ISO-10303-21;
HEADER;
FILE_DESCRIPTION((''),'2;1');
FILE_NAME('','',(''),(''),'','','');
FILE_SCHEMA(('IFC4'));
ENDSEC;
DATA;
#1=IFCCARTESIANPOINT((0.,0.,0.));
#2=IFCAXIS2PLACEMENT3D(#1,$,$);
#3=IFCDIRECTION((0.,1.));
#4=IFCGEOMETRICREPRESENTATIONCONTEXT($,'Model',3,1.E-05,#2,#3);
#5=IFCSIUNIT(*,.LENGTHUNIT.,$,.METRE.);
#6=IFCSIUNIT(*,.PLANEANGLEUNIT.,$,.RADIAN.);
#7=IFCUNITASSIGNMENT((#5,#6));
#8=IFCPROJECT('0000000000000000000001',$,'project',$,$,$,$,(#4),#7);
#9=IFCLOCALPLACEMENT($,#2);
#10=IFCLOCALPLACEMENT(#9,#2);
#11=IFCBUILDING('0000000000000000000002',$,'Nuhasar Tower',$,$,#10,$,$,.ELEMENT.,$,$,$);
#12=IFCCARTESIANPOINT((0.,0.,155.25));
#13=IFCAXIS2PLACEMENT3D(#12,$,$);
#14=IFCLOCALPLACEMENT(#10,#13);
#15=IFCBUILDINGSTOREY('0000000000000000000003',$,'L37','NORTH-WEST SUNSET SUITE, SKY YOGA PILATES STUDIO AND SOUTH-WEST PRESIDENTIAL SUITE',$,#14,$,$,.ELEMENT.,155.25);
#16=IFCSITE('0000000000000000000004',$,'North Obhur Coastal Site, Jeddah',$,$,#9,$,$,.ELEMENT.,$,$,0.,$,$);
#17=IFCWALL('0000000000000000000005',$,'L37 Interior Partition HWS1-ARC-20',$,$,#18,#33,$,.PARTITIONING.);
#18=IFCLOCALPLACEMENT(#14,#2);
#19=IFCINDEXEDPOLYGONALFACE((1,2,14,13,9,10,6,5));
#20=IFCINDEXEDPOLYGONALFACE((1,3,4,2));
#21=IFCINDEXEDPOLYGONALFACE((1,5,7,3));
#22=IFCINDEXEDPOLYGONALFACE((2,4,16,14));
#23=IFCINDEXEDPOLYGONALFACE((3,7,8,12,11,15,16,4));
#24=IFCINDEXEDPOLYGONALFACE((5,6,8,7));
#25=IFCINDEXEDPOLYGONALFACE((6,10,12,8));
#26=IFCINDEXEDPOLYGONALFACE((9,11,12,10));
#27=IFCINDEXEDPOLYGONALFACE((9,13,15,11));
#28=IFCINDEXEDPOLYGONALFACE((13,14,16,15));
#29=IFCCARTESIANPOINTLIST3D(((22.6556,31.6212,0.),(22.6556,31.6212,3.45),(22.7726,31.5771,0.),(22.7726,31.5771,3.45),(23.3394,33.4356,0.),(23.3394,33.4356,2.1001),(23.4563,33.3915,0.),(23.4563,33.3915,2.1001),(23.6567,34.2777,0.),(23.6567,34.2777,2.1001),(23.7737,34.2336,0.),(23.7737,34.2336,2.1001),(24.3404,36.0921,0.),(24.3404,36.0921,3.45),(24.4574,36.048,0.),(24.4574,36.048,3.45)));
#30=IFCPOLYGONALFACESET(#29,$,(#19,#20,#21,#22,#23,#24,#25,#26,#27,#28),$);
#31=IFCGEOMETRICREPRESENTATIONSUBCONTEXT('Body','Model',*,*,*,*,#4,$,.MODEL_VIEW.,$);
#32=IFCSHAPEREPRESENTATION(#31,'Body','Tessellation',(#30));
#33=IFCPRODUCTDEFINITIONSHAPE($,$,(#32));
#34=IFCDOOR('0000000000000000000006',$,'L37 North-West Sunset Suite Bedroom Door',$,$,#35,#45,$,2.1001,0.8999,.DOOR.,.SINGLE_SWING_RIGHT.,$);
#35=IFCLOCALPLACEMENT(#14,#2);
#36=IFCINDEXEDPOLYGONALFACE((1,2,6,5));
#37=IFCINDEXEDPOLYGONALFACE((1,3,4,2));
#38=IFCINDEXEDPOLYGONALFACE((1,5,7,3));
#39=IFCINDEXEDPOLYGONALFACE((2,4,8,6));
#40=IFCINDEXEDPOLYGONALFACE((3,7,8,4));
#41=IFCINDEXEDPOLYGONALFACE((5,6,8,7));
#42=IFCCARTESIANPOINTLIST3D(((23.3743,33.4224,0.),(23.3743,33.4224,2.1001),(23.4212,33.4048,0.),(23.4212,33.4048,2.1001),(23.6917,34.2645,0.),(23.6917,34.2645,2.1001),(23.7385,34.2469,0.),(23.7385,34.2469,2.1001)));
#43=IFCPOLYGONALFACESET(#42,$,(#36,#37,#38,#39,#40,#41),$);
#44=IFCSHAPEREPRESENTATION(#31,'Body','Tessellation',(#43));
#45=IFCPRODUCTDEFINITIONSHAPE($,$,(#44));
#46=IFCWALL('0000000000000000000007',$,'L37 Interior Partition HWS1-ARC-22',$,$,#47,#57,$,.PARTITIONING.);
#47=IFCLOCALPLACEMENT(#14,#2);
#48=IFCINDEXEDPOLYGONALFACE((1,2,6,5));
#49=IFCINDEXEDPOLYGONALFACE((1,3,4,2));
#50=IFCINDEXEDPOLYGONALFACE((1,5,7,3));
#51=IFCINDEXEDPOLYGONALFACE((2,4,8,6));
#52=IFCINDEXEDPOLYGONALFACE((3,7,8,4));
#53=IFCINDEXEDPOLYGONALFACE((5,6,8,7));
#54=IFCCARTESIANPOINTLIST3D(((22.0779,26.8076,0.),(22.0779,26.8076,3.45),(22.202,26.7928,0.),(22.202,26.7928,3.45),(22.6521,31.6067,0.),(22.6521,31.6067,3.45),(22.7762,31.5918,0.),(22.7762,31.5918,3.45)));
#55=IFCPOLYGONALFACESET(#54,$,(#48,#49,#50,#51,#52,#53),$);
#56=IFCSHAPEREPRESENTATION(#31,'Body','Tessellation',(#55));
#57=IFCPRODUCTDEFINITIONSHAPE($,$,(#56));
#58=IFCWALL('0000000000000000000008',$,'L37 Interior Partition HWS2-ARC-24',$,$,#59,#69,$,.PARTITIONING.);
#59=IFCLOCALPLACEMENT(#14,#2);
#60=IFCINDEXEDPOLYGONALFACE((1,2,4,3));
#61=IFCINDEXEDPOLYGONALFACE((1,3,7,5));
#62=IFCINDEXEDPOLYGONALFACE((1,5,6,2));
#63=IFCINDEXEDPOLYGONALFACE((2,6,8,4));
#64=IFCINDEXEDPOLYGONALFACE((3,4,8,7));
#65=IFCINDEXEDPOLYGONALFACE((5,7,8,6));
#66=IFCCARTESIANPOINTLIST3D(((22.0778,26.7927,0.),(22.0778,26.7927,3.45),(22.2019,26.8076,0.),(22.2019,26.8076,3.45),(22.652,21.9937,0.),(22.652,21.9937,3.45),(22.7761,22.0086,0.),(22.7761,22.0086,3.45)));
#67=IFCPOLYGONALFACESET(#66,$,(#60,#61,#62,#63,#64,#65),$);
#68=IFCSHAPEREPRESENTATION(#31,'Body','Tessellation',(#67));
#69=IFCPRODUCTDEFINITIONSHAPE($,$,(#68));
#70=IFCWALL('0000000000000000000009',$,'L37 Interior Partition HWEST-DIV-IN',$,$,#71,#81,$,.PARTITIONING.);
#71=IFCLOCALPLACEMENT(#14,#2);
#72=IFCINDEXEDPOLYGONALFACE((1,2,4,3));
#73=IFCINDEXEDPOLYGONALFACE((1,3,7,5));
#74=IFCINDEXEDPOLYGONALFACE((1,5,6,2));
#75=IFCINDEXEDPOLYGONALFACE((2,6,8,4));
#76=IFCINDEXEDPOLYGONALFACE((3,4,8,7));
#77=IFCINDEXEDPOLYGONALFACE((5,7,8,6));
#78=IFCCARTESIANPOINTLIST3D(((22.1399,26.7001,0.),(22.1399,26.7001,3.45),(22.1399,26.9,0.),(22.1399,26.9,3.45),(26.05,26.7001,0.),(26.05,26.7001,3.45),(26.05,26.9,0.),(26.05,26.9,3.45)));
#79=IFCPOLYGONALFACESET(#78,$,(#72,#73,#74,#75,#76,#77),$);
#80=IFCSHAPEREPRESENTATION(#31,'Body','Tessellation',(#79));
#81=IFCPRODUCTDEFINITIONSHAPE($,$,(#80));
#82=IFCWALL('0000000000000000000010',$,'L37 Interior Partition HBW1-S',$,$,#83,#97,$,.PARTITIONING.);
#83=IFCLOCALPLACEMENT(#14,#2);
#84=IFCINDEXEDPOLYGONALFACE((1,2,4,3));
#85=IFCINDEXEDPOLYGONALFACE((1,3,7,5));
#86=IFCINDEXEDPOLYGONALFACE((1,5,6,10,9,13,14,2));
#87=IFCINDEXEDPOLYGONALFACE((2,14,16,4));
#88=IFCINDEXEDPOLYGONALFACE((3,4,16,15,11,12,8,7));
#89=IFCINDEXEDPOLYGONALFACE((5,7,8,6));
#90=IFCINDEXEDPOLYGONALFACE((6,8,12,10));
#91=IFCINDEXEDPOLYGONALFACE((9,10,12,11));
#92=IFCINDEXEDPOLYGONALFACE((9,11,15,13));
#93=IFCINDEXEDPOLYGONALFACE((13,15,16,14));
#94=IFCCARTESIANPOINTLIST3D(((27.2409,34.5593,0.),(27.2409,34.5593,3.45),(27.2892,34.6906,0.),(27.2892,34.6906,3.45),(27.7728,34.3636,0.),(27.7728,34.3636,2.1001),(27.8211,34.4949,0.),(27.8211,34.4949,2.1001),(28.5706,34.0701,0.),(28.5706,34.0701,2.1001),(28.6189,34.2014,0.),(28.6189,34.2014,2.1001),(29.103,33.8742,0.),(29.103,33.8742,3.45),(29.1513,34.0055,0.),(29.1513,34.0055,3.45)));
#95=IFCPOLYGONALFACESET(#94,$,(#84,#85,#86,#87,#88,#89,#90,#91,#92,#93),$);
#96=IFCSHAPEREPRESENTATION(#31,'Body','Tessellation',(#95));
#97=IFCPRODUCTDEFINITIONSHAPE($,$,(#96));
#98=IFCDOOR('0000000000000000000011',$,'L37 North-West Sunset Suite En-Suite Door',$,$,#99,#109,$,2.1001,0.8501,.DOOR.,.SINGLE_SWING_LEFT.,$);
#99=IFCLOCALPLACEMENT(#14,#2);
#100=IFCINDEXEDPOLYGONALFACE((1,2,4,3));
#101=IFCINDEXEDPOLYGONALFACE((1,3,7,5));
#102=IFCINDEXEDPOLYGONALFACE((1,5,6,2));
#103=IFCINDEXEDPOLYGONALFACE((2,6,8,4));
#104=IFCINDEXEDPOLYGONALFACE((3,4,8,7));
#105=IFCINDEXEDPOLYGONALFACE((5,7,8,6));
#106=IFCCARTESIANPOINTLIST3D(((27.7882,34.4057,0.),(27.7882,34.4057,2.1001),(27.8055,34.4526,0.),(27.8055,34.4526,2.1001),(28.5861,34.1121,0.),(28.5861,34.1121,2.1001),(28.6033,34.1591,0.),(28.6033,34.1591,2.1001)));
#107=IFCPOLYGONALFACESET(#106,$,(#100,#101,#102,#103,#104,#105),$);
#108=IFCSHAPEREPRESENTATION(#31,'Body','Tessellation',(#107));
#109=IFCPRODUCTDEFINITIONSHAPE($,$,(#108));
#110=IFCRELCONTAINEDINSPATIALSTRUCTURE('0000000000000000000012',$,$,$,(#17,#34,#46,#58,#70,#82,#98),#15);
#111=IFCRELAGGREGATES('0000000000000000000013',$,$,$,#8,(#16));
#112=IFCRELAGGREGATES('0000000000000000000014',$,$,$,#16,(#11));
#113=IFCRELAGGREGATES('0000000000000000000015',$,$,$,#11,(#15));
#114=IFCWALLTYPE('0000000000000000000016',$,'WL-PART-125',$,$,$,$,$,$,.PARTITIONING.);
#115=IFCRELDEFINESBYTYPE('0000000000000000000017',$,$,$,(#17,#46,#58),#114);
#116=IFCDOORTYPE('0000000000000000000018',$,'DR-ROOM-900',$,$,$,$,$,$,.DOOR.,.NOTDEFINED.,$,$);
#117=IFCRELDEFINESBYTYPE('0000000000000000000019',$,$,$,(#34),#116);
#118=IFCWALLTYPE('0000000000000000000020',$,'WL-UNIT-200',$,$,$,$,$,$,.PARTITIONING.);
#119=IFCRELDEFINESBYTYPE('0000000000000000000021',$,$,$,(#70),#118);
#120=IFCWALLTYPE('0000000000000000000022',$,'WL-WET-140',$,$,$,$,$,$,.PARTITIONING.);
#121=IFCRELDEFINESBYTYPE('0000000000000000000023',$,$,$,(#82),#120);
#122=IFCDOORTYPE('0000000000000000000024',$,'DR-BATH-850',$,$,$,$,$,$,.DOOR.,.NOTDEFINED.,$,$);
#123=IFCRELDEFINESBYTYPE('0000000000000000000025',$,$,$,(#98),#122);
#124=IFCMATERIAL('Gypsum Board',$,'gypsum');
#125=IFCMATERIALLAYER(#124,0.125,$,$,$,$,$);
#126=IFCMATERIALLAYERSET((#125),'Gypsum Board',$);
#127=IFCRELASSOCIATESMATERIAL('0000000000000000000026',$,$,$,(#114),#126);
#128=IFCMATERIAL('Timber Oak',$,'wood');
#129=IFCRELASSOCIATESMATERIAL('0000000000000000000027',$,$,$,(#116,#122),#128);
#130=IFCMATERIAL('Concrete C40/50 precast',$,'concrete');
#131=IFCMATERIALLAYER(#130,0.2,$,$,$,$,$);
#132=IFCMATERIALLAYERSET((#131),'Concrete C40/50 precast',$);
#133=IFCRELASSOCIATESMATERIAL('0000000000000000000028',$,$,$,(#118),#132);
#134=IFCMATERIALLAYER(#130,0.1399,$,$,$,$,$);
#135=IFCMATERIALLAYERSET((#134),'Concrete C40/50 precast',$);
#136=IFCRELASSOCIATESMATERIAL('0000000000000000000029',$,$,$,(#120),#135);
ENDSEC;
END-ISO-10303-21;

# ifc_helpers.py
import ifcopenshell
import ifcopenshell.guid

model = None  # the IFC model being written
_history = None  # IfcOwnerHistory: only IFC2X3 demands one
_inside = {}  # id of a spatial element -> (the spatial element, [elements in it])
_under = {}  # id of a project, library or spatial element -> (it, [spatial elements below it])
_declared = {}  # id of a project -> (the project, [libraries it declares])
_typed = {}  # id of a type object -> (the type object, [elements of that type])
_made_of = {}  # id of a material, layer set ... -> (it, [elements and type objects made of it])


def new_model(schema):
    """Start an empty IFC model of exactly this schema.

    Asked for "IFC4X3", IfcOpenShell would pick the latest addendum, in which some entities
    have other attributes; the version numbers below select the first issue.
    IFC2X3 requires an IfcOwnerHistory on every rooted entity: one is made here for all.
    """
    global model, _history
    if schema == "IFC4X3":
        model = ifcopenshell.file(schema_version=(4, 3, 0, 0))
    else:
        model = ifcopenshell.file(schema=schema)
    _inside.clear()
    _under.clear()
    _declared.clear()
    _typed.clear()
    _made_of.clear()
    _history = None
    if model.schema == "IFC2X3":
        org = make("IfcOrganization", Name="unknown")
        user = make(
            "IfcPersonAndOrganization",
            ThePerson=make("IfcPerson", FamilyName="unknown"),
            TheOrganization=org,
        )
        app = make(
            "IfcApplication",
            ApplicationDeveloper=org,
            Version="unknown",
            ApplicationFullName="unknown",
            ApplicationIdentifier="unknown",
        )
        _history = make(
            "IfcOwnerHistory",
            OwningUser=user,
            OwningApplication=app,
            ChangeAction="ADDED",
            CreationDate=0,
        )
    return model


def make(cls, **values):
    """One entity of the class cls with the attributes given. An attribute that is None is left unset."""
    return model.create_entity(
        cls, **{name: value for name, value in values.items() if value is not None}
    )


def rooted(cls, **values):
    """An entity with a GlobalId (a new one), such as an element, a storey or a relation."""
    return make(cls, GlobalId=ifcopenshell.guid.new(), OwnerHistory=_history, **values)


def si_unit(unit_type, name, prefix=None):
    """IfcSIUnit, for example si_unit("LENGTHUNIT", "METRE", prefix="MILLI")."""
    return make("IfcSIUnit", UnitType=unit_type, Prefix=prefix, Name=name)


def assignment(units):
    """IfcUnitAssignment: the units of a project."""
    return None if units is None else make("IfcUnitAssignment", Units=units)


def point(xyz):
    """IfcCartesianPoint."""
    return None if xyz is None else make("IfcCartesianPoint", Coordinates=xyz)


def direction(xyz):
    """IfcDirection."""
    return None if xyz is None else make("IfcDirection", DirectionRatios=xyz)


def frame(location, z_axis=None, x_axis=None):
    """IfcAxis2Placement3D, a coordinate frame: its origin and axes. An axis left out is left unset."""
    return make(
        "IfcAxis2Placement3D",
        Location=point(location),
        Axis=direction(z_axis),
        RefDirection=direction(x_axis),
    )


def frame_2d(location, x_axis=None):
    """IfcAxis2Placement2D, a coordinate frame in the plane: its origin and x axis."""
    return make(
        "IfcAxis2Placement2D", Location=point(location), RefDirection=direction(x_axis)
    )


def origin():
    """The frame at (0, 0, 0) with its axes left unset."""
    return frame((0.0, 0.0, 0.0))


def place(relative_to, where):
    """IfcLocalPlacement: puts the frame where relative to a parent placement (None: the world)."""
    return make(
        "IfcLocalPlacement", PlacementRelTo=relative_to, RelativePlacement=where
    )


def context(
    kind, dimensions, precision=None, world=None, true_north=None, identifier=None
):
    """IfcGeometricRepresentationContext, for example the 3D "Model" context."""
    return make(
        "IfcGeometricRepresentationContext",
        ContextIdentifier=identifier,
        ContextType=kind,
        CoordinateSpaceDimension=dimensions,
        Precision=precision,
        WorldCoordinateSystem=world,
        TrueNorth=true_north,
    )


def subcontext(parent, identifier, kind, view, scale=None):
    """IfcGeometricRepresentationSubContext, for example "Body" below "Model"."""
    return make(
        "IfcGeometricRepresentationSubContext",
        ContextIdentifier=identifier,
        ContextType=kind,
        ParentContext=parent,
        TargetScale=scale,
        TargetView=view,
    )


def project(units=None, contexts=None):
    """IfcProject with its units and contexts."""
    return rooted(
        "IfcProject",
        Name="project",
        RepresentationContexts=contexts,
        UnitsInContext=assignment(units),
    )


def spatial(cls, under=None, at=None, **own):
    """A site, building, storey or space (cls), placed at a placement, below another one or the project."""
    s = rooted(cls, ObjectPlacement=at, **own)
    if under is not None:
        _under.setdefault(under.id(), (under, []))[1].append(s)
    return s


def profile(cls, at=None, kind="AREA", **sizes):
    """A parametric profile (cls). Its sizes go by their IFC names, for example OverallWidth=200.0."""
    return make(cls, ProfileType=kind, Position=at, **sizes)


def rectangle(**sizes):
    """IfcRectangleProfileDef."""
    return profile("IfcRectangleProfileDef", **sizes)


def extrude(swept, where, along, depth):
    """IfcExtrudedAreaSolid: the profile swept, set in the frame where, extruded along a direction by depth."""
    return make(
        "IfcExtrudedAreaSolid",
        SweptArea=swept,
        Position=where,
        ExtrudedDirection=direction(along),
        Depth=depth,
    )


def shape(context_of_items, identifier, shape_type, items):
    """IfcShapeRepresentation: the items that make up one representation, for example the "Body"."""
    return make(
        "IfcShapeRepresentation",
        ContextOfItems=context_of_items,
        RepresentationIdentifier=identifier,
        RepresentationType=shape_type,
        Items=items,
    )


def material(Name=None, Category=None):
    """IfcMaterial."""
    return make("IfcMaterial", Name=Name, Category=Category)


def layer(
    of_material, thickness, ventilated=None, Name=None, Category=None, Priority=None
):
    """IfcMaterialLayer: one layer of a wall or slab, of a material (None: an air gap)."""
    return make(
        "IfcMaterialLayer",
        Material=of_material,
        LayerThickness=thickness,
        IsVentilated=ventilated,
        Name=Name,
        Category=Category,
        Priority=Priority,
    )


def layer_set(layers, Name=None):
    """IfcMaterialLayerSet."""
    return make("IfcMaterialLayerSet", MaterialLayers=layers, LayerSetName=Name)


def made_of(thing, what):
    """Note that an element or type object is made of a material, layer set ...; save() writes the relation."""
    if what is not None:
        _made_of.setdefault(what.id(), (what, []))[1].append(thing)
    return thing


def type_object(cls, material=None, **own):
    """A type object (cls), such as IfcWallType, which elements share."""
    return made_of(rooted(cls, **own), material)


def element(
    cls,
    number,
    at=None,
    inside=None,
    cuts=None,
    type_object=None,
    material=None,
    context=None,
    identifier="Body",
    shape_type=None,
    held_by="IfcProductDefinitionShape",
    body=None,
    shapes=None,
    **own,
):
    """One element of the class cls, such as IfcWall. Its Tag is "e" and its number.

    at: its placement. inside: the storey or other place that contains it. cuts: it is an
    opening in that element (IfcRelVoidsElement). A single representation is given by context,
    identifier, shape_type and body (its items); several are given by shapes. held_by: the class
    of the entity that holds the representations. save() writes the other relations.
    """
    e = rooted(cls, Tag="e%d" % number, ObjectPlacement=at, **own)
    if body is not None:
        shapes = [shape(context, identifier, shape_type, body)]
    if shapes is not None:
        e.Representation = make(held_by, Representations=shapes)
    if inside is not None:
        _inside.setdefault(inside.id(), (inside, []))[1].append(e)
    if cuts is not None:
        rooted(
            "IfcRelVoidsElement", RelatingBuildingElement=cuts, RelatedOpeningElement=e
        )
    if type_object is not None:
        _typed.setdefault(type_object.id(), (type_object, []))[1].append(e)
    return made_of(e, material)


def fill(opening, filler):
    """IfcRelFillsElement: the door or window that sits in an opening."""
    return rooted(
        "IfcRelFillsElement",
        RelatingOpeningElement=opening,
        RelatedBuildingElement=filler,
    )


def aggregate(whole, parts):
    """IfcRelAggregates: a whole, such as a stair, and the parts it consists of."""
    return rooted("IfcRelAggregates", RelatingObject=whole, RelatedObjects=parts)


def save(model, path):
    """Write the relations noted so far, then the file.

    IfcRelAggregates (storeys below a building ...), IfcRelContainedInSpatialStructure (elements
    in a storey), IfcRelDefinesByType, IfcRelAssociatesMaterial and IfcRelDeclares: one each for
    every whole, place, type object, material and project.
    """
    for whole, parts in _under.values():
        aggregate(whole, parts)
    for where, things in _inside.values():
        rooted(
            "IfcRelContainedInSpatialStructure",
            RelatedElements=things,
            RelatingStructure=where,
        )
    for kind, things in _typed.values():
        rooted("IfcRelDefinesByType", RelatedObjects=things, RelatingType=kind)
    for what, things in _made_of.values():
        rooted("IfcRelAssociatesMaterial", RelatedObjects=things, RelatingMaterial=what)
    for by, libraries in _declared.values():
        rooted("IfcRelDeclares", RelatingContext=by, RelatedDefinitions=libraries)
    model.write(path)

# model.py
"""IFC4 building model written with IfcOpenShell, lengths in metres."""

from ifc_helpers import new_model, si_unit, direction, frame, frame_2d, origin, place, context, subcontext, project, spatial, rectangle, extrude, material, layer, layer_set, type_object, element, fill, save


model = new_model("IFC4")

# Units and contexts
model_context = context("Model", 3, precision=1e-05, world=origin(), true_north=direction((0.0, 1.0)))
body_context = subcontext(model_context, "Body", "Model", "MODEL_VIEW")
ifc_project = project(units=[si_unit("LENGTHUNIT", "METRE"), si_unit("PLANEANGLEUNIT", "RADIAN")], contexts=[model_context])

# Site, building, storey
site_placement = place(None, origin())
site = spatial("IfcSite", under=ifc_project, at=site_placement, Name="North Obhur Coastal Site, Jeddah", CompositionType="ELEMENT", RefElevation=0.0)
building_placement = place(site_placement, origin())
building = spatial("IfcBuilding", under=site, at=building_placement, Name="Nuhasar Tower", CompositionType="ELEMENT")
storey_placement = place(building_placement, frame((0.0, 0.0, 155.25)))
storey = spatial("IfcBuildingStorey", under=building, at=storey_placement, Name="L37", Description="NORTH-WEST SUNSET SUITE, SKY YOGA PILATES STUDIO AND SOUTH-WEST PRESIDENTIAL SUITE", CompositionType="ELEMENT", Elevation=155.25)

# Shared definitions
ifc_material_1 = material(Name="Gypsum Board", Category="gypsum")

# Shared definitions
ifc_material_2 = material(Name="Timber Oak", Category="wood")

# Shared definitions
ifc_layer_1 = layer(ifc_material_1, 0.125)
ifc_layer_set_1 = layer_set([ifc_layer_1], Name="Gypsum Board")
wall_type_1 = type_object("IfcWallType", Name="WL-PART-125", PredefinedType="PARTITIONING", material=ifc_layer_set_1)

# Wall, opening, door
wall_1_placement = place(storey_placement, frame((24.3989, 36.0701, 0.0), z_axis=(0.0, 0.0, 1.0), x_axis=(-0.352629, -0.935763, 0.0)))
wall_1 = element("IfcWall", 1, at=wall_1_placement, inside=storey, type_object=wall_type_1, Name="L37 Interior Partition HWS1-ARC-20", PredefinedType="PARTITIONING", context=body_context, shape_type="SweptSolid", body=[
    extrude(rectangle(XDim=4.7778, YDim=0.125, at=frame_2d((2.3889, 0.0))), origin(), (0.0, 0.0, 1.0), 3.45),
])
opening_1_placement = place(wall_1_placement, frame((1.939, 0.0, 0.0)))
opening_1 = element("IfcOpeningElement", 2, at=opening_1_placement, cuts=wall_1, PredefinedType="OPENING", context=body_context, shape_type="SweptSolid", body=[
    extrude(rectangle(XDim=0.8999, YDim=2.1001, at=frame_2d((0.45, 1.05))), frame((0.0, 0.0725, 0.0), z_axis=(0.0, -1.0, 0.0), x_axis=(1.0, 0.0, 0.0)), (0.0, 0.0, 1.0), 0.145),
])
door_type_1 = type_object("IfcDoorType", Name="DR-ROOM-900", OperationType="NOTDEFINED", PredefinedType="DOOR", material=ifc_material_2)
door_1_placement = place(opening_1_placement, origin())
door_1 = element("IfcDoor", 3, at=door_1_placement, inside=storey, type_object=door_type_1, Name="L37 North-West Sunset Suite Bedroom Door", OperationType="SINGLE_SWING_RIGHT", OverallHeight=2.1001, OverallWidth=0.8999, PredefinedType="DOOR", context=body_context, shape_type="SweptSolid", body=[
    extrude(rectangle(XDim=0.8999, YDim=2.1001, at=frame_2d((0.45, 1.05))), frame((0.0, 0.0249, 0.0), z_axis=(0.0, -1.0, 0.0), x_axis=(1.0, 0.0, 0.0)), (0.0, 0.0, 1.0), 0.05),
])
fill(opening_1, door_1)

# Walls
for number, where, z_axis, x_axis, name in (
    (4, (22.7141, 31.5991, 0.0), (0.0, 0.0, 1.0), (-0.118805, -0.992918, 0.0), "L37 Interior Partition HWS1-ARC-22"),
    (5, (22.1399, 26.8, 0.0), (0.0, 0.0, 1.0), (0.118805, -0.992918, 0.0), "L37 Interior Partition HWS2-ARC-24"),
):
    element("IfcWall", number, at=place(storey_placement, frame(where, z_axis=z_axis, x_axis=x_axis)), inside=storey, type_object=wall_type_1, Name=name, PredefinedType="PARTITIONING", context=body_context, shape_type="SweptSolid", body=[
        extrude(rectangle(XDim=4.8333, YDim=0.125, at=frame_2d((2.4165, 0.0))), origin(), (0.0, 0.0, 1.0), 3.45),
    ])
ifc_material_3 = material(Name="Concrete C40/50 precast", Category="concrete")
ifc_layer_2 = layer(ifc_material_3, 0.2)
ifc_layer_set_2 = layer_set([ifc_layer_2], Name="Concrete C40/50 precast")
wall_type_2 = type_object("IfcWallType", Name="WL-UNIT-200", PredefinedType="PARTITIONING", material=ifc_layer_set_2)
wall_2_placement = place(storey_placement, frame((26.05, 26.8, 0.0), z_axis=(0.0, 0.0, 1.0), x_axis=(-1.0, 0.0, 0.0)))
element("IfcWall", 6, at=wall_2_placement, inside=storey, type_object=wall_type_2, Name="L37 Interior Partition HWEST-DIV-IN", PredefinedType="PARTITIONING", context=body_context, shape_type="SweptSolid", body=[
    extrude(rectangle(XDim=3.9102, YDim=0.2, at=frame_2d((1.9551, 0.0))), origin(), (0.0, 0.0, 1.0), 3.45),
])

# Wall, opening, door
ifc_layer_3 = layer(ifc_material_3, 0.1399)
ifc_layer_set_3 = layer_set([ifc_layer_3], Name="Concrete C40/50 precast")
wall_type_3 = type_object("IfcWallType", Name="WL-WET-140", PredefinedType="PARTITIONING", material=ifc_layer_set_3)
wall_3_placement = place(storey_placement, frame((27.2649, 34.625, 0.0), z_axis=(0.0, 0.0, 1.0), x_axis=(0.938501, -0.345278, 0.0)))
wall_3 = element("IfcWall", 7, at=wall_3_placement, inside=storey, type_object=wall_type_3, Name="L37 Interior Partition HBW1-S", PredefinedType="PARTITIONING", context=body_context, shape_type="SweptSolid", body=[
    extrude(rectangle(XDim=1.9841, YDim=0.1399, at=frame_2d((0.9922, 0.0))), origin(), (0.0, 0.0, 1.0), 3.45),
])
opening_2_placement = place(wall_3_placement, frame((0.5669, 0.0, 0.0)))
opening_2 = element("IfcOpeningElement", 8, at=opening_2_placement, cuts=wall_3, PredefinedType="OPENING", context=body_context, shape_type="SweptSolid", body=[
    extrude(rectangle(XDim=0.8501, YDim=2.1001, at=frame_2d((0.425, 1.05))), frame((0.0, 0.0801, 0.0), z_axis=(0.0, -1.0, 0.0), x_axis=(1.0, 0.0, 0.0)), (0.0, 0.0, 1.0), 0.1599),
])
door_type_2 = type_object("IfcDoorType", Name="DR-BATH-850", OperationType="NOTDEFINED", PredefinedType="DOOR", material=ifc_material_2)
door_2_placement = place(opening_2_placement, origin())
door_2 = element("IfcDoor", 9, at=door_2_placement, inside=storey, type_object=door_type_2, Name="L37 North-West Sunset Suite En-Suite Door", OperationType="SINGLE_SWING_LEFT", OverallHeight=2.1001, OverallWidth=0.8501, PredefinedType="DOOR", context=body_context, shape_type="SweptSolid", body=[
    extrude(rectangle(XDim=0.8501, YDim=2.1001, at=frame_2d((0.425, 1.05))), frame((0.0, 0.0249, 0.0), z_axis=(0.0, -1.0, 0.0), x_axis=(1.0, 0.0, 0.0)), (0.0, 0.0, 1.0), 0.05),
])
fill(opening_2, door_2)

save(model, "model.ifc")
